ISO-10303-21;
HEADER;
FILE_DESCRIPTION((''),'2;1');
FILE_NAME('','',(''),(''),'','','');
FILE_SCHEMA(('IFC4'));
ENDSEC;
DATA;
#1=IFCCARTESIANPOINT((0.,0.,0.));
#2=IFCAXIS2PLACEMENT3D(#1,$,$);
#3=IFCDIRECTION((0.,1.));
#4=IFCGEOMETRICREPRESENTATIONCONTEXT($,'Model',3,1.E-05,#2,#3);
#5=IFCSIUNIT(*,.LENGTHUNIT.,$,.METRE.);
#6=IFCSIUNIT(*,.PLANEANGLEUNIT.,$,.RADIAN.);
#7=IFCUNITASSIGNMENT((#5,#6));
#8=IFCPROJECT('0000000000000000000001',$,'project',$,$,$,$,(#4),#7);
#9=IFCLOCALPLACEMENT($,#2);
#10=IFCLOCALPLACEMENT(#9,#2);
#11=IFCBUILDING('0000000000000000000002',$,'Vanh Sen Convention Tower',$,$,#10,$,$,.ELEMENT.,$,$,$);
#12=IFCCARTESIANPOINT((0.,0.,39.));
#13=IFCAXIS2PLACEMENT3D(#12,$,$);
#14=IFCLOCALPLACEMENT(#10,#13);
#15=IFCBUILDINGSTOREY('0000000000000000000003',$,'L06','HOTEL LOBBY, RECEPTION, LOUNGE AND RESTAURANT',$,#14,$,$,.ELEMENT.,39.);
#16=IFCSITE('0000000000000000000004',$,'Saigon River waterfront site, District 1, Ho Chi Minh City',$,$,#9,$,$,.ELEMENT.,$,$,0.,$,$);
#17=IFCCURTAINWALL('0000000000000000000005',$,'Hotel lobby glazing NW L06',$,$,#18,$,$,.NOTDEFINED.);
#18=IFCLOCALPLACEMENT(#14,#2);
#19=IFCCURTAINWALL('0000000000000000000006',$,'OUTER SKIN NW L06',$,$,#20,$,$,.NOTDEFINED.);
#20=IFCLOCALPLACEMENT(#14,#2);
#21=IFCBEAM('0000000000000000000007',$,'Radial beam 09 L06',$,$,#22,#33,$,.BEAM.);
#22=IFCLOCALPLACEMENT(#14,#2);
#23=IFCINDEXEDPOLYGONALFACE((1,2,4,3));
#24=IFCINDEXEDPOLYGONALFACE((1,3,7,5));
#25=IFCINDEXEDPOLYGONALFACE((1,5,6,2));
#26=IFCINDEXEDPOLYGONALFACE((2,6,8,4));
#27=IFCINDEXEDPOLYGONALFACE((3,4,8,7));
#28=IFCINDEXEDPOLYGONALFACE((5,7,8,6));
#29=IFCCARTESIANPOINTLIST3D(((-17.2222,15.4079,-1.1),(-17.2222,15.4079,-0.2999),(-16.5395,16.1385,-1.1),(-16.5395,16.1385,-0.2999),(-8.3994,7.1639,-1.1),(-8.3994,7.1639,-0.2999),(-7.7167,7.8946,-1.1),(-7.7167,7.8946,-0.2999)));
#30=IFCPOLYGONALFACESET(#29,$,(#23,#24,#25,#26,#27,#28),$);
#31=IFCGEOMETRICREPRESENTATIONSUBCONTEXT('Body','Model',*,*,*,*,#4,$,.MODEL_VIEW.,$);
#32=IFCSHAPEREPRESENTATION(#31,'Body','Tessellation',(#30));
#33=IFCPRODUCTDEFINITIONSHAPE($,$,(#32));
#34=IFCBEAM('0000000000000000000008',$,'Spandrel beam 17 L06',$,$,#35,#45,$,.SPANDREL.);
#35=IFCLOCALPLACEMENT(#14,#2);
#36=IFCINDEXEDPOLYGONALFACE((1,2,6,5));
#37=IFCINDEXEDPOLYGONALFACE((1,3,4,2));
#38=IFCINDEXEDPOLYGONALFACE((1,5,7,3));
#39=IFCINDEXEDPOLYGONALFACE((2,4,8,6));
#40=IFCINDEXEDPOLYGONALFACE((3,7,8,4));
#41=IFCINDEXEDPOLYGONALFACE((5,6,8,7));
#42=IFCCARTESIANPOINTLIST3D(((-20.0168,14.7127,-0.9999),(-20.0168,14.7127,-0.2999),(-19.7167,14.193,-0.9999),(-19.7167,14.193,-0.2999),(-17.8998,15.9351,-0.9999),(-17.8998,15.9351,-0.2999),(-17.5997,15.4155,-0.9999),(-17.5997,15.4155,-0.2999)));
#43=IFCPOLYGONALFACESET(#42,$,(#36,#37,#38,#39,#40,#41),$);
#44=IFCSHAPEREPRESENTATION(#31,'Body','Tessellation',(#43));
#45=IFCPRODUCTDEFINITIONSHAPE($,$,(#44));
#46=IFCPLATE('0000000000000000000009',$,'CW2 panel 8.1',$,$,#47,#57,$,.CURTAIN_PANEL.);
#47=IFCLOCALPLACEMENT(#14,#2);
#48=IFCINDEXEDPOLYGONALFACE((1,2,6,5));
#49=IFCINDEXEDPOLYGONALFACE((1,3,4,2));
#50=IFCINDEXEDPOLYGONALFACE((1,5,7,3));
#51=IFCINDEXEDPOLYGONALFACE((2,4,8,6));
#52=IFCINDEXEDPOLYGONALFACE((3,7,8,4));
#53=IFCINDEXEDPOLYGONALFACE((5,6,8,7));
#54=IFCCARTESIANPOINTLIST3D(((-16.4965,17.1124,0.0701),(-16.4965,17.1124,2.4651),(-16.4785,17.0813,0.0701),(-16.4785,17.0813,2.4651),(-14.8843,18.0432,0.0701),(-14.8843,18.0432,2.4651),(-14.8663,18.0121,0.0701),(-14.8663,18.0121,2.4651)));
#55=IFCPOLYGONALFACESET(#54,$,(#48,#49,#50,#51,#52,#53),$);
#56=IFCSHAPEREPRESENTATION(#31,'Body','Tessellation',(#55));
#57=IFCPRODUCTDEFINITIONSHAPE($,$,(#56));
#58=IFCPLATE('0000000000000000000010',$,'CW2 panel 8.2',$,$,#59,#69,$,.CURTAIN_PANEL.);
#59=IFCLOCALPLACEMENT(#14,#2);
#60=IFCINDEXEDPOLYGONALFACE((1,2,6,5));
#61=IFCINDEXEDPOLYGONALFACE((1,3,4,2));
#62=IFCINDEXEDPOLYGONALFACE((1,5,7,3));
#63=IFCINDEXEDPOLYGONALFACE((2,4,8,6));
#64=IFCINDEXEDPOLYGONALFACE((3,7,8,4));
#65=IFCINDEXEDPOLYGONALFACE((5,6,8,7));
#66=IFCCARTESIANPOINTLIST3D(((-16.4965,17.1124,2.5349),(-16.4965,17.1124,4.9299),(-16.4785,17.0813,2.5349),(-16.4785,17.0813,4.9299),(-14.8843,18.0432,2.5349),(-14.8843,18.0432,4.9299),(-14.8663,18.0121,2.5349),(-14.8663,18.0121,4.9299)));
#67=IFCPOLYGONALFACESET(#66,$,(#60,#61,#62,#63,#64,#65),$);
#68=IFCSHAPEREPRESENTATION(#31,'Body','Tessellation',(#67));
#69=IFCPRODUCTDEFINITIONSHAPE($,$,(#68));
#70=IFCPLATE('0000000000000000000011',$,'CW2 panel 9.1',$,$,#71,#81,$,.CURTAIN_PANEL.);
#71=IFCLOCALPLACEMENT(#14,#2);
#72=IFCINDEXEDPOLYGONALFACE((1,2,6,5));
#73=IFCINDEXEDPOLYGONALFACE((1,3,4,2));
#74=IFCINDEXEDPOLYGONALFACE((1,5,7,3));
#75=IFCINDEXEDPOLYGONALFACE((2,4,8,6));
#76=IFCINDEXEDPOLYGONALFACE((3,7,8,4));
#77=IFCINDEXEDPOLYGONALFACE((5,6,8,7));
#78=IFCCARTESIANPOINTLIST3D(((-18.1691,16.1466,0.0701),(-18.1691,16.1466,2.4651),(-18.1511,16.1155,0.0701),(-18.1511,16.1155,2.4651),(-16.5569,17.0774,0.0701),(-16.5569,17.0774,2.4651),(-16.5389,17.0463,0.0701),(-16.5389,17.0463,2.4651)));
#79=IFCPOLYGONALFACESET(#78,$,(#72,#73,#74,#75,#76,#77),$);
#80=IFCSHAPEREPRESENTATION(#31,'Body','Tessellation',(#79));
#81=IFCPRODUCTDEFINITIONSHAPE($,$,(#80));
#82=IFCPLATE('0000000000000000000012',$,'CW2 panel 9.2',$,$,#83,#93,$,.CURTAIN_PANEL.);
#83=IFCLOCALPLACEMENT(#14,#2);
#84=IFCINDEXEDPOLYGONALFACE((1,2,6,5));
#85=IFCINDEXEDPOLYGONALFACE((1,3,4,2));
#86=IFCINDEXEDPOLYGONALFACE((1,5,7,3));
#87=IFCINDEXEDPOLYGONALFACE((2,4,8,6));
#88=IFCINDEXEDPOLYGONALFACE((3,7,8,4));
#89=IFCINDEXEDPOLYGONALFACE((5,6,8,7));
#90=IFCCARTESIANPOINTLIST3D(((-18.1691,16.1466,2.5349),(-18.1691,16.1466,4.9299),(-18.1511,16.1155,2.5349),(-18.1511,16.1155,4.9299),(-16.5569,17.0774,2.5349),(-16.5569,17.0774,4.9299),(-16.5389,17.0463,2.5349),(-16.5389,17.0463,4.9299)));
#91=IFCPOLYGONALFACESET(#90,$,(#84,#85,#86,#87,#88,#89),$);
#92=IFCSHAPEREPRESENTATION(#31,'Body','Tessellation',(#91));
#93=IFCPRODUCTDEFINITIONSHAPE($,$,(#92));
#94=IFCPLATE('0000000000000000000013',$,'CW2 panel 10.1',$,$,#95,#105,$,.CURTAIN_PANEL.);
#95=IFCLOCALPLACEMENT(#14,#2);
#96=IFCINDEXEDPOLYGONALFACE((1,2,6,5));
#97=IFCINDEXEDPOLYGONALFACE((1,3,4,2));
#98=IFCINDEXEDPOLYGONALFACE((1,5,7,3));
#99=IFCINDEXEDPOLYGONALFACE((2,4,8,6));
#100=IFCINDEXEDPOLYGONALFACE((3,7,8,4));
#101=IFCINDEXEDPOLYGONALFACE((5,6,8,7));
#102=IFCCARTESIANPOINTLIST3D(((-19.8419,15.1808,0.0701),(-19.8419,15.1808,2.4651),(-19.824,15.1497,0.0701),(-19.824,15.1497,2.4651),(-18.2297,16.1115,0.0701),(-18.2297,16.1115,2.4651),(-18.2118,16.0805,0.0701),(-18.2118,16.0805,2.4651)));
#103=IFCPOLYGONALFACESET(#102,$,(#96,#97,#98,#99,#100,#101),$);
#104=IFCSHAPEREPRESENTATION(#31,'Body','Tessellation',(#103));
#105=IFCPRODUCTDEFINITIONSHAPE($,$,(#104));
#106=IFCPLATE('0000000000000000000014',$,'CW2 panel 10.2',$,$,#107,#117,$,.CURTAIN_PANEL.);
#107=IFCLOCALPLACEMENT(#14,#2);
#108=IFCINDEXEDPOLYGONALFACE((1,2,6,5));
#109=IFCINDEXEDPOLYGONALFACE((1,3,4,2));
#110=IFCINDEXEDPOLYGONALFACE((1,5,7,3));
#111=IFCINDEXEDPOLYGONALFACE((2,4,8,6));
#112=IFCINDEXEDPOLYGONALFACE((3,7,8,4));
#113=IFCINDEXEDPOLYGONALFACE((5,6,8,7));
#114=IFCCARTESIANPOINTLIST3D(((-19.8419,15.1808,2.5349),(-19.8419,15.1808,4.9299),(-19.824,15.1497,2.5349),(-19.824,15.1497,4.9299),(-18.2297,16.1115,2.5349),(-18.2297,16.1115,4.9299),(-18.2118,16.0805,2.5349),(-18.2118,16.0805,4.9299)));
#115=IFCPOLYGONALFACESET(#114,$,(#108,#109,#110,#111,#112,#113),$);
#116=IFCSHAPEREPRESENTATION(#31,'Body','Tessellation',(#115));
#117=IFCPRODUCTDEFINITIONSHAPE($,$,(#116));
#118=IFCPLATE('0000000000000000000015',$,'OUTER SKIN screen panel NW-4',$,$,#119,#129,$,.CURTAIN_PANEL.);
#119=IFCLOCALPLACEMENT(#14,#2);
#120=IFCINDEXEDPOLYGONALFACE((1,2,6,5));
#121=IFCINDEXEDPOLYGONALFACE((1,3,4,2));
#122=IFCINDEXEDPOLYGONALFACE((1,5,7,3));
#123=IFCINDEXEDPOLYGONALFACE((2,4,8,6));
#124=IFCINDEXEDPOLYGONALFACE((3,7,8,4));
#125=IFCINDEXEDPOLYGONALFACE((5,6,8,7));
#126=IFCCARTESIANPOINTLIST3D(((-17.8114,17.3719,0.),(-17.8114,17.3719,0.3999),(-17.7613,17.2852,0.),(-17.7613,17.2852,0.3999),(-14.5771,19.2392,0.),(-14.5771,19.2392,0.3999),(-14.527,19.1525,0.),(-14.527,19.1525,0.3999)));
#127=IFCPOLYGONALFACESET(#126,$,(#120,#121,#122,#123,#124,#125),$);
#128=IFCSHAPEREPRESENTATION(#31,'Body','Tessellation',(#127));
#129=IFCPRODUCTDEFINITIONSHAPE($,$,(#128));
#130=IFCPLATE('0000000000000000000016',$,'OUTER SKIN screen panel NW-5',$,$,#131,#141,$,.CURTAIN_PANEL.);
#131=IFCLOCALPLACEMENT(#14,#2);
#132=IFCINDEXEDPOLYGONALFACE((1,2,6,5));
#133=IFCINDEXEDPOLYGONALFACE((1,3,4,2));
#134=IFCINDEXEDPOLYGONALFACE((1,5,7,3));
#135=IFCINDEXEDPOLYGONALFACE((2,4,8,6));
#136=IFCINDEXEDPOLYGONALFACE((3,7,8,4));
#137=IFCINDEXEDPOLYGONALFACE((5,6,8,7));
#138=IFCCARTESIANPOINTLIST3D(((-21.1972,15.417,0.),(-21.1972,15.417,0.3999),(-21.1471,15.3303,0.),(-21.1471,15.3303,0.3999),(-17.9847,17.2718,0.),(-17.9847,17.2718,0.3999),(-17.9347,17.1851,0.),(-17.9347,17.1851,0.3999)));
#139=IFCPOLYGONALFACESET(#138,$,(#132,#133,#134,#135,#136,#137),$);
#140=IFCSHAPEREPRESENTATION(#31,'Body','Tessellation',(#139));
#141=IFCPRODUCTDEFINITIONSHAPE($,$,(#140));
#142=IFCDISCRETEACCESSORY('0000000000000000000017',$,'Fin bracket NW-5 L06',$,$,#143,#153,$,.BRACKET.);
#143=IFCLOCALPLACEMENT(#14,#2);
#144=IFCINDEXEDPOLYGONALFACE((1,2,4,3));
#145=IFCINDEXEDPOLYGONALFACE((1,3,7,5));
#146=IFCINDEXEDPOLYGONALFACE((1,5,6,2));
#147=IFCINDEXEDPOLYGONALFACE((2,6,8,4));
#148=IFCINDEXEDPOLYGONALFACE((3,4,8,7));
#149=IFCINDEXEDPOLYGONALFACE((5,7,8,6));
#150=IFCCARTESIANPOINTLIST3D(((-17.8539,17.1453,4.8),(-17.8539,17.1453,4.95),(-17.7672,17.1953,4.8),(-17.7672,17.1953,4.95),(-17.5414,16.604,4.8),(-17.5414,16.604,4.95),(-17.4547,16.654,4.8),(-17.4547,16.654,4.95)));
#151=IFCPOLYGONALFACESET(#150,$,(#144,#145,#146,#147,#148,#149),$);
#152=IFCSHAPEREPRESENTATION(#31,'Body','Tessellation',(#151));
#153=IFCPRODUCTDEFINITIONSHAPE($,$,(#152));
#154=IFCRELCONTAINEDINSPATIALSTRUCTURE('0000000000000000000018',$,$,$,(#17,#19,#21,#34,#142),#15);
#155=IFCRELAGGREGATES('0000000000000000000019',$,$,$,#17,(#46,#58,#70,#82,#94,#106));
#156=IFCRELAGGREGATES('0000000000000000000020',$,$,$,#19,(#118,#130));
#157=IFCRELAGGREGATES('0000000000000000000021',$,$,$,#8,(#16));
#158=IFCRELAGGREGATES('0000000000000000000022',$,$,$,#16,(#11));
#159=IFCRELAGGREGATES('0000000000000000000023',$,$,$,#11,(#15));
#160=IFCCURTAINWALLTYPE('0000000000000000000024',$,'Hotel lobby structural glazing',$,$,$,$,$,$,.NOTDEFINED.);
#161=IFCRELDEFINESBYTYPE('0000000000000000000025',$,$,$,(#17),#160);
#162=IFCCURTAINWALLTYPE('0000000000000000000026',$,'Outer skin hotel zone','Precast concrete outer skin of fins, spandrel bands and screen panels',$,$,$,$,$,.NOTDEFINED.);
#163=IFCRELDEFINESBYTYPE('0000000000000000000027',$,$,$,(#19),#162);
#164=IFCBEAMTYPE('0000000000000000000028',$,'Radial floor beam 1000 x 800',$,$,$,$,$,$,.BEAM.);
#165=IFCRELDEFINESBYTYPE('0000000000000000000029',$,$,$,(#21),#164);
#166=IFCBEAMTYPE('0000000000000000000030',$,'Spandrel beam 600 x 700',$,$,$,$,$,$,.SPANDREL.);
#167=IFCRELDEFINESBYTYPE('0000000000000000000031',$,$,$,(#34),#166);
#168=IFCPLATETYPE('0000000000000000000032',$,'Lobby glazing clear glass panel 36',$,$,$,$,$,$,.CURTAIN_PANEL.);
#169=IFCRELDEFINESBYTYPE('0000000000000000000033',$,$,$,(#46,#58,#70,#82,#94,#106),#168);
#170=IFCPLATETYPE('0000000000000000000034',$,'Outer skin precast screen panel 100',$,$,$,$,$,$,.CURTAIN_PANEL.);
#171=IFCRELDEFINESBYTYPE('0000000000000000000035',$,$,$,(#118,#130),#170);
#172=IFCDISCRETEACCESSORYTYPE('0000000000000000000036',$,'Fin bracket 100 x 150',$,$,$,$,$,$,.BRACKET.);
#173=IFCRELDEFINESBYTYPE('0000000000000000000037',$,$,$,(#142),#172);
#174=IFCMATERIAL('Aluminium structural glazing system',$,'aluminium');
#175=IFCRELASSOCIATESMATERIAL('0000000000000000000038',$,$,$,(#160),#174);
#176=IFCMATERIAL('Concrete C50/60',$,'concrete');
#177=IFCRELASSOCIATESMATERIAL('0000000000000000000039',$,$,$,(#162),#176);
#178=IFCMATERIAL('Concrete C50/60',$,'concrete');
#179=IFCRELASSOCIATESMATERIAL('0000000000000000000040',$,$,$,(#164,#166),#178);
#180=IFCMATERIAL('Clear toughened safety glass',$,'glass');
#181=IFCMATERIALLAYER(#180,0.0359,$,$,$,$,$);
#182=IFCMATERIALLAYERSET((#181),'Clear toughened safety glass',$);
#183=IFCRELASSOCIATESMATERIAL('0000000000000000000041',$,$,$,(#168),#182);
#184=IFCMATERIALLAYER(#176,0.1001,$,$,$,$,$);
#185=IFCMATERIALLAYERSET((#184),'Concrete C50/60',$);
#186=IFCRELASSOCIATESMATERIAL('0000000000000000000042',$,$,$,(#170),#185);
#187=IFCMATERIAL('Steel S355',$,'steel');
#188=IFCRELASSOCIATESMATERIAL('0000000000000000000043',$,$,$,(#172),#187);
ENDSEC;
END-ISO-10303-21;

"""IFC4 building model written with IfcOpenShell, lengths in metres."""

from ifc_helpers import new_model, si_unit, direction, frame, origin, origin_2d, place, context, subcontext, project, spatial, rectangle, extrude, material, layer, layer_set, material_profile, profile_set, type_object, element, aggregate, save


model = new_model("IFC4")

# Units and contexts
model_context = context("Model", 3, precision=1e-05, world=origin(), true_north=direction((0.0, 1.0)))
body_context = subcontext(model_context, "Body", "Model", "MODEL_VIEW")
ifc_project = project(units=[si_unit("LENGTHUNIT", "METRE"), si_unit("PLANEANGLEUNIT", "RADIAN")], contexts=[model_context])

# Site, building, storey
site_placement = place(None, origin())
site = spatial("IfcSite", under=ifc_project, at=site_placement, Name="Saigon River waterfront site, District 1, Ho Chi Minh City", CompositionType="ELEMENT", RefElevation=0.0)
building_placement = place(site_placement, origin())
building = spatial("IfcBuilding", under=site, at=building_placement, Name="Vanh Sen Convention Tower", CompositionType="ELEMENT")
storey_placement = place(building_placement, frame((0.0, 0.0, 39.0)))
storey = spatial("IfcBuildingStorey", under=building, at=storey_placement, Name="L06", Description="HOTEL LOBBY, RECEPTION, LOUNGE AND RESTAURANT", CompositionType="ELEMENT", Elevation=39.0)

# Curtain walls
ifc_material_1 = material(Name="Aluminium structural glazing system", Category="aluminium")
curtain_wall_type_1 = type_object("IfcCurtainWallType", Name="Hotel lobby structural glazing", PredefinedType="NOTDEFINED", material=ifc_material_1)
curtain_wall_1_placement = place(storey_placement, origin())
curtain_wall_1 = element("IfcCurtainWall", 1, at=curtain_wall_1_placement, inside=storey, type_object=curtain_wall_type_1, Name="Hotel lobby glazing NW L06", PredefinedType="NOTDEFINED")
ifc_material_2 = material(Name="Concrete C50/60", Category="concrete")
curtain_wall_type_2 = type_object("IfcCurtainWallType", Name="Outer skin hotel zone", Description="Precast concrete outer skin of fins, spandrel bands and screen panels", PredefinedType="NOTDEFINED", material=ifc_material_2)
curtain_wall_2_placement = place(storey_placement, origin())
curtain_wall_2 = element("IfcCurtainWall", 2, at=curtain_wall_2_placement, inside=storey, type_object=curtain_wall_type_2, Name="OUTER SKIN NW L06", PredefinedType="NOTDEFINED")

# Beams
ifc_material_3 = material(Name="Concrete C50/60", Category="concrete")
ifc_material_profile_1 = material_profile(ifc_material_3, rectangle(XDim=1.0, YDim=0.8, at=origin_2d()), Name="RC 1000X800")
ifc_profile_set_1 = profile_set([ifc_material_profile_1], Name="Concrete C50/60")
beam_type_1 = type_object("IfcBeamType", Name="Radial floor beam 1000 x 800", PredefinedType="BEAM", material=ifc_profile_set_1)
beam_1_placement = place(storey_placement, frame((-16.8809, 15.7732, -0.7), z_axis=(0.73067, -0.682731, 0.0), x_axis=(0.682731, 0.73067, 0.0)))
element("IfcBeam", 3, at=beam_1_placement, inside=storey, type_object=beam_type_1, Name="Radial beam 09 L06", PredefinedType="BEAM", context=body_context, shape_type="SweptSolid", body=[
    extrude(rectangle(XDim=1.0, YDim=0.8, at=origin_2d()), origin(), (0.0, 0.0, 1.0), 12.075),
])
ifc_material_profile_2 = material_profile(ifc_material_3, rectangle(XDim=0.6001, YDim=0.7, at=origin_2d()), Name="RC 600X700")
ifc_profile_set_2 = profile_set([ifc_material_profile_2], Name="Concrete C50/60")
beam_type_2 = type_object("IfcBeamType", Name="Spandrel beam 600 x 700", PredefinedType="SPANDREL", material=ifc_profile_set_2)
beam_2_placement = place(storey_placement, frame((-17.7498, 15.6753, -0.6499), z_axis=(-0.865991, -0.50006, 0.0), x_axis=(0.50006, -0.865991, 0.0)))
element("IfcBeam", 4, at=beam_2_placement, inside=storey, type_object=beam_type_2, Name="Spandrel beam 17 L06", PredefinedType="SPANDREL", context=body_context, shape_type="SweptSolid", body=[
    extrude(rectangle(XDim=0.6001, YDim=0.7, at=origin_2d()), origin(), (0.0, 0.0, 1.0), 2.4446),
])

# Plates
ifc_material_4 = material(Name="Clear toughened safety glass", Category="glass")
ifc_layer_1 = layer(ifc_material_4, 0.0359)
ifc_layer_set_1 = layer_set([ifc_layer_1], Name="Clear toughened safety glass")
plate_type_1 = type_object("IfcPlateType", Name="Lobby glazing clear glass panel 36", PredefinedType="CURTAIN_PANEL", material=ifc_layer_set_1)
plate_1_placement = place(storey_placement, frame((-15.6814, 17.5623, 0.0701), z_axis=(0.0, 0.0, 1.0), x_axis=(-0.866025, -0.500001, 0.0)))
plate_1 = element("IfcPlate", 5, at=plate_1_placement, type_object=plate_type_1, Name="CW2 panel 8.1", PredefinedType="CURTAIN_PANEL", context=body_context, shape_type="SweptSolid", body=[
    extrude(rectangle(XDim=1.8616, YDim=0.0359, at=origin_2d()), origin(), (0.0, 0.0, 1.0), 2.395),
])
plate_2_placement = place(storey_placement, frame((-15.6814, 17.5623, 2.5349), z_axis=(0.0, 0.0, 1.0), x_axis=(-0.866025, -0.500001, 0.0)))
plate_2 = element("IfcPlate", 6, at=plate_2_placement, type_object=plate_type_1, Name="CW2 panel 8.2", PredefinedType="CURTAIN_PANEL", context=body_context, shape_type="SweptSolid", body=[
    extrude(rectangle(XDim=1.8616, YDim=0.0359, at=origin_2d()), origin(), (0.0, 0.0, 1.0), 2.395),
])
plate_3_placement = place(storey_placement, frame((-17.354, 16.5964, 0.0701), z_axis=(0.0, 0.0, 1.0), x_axis=(-0.866025, -0.500001, 0.0)))
plate_3 = element("IfcPlate", 7, at=plate_3_placement, type_object=plate_type_1, Name="CW2 panel 9.1", PredefinedType="CURTAIN_PANEL", context=body_context, shape_type="SweptSolid", body=[
    extrude(rectangle(XDim=1.8616, YDim=0.0359, at=origin_2d()), origin(), (0.0, 0.0, 1.0), 2.395),
])
plate_4_placement = place(storey_placement, frame((-17.354, 16.5964, 2.5349), z_axis=(0.0, 0.0, 1.0), x_axis=(-0.866025, -0.500001, 0.0)))
plate_4 = element("IfcPlate", 8, at=plate_4_placement, type_object=plate_type_1, Name="CW2 panel 9.2", PredefinedType="CURTAIN_PANEL", context=body_context, shape_type="SweptSolid", body=[
    extrude(rectangle(XDim=1.8616, YDim=0.0359, at=origin_2d()), origin(), (0.0, 0.0, 1.0), 2.395),
])
plate_5_placement = place(storey_placement, frame((-19.0269, 15.6306, 0.0701), z_axis=(0.0, 0.0, 1.0), x_axis=(-0.866025, -0.500001, 0.0)))
plate_5 = element("IfcPlate", 9, at=plate_5_placement, type_object=plate_type_1, Name="CW2 panel 10.1", PredefinedType="CURTAIN_PANEL", context=body_context, shape_type="SweptSolid", body=[
    extrude(rectangle(XDim=1.8616, YDim=0.0359, at=origin_2d()), origin(), (0.0, 0.0, 1.0), 2.395),
])
plate_6_placement = place(storey_placement, frame((-19.0269, 15.6306, 2.5349), z_axis=(0.0, 0.0, 1.0), x_axis=(-0.866025, -0.500001, 0.0)))
plate_6 = element("IfcPlate", 10, at=plate_6_placement, type_object=plate_type_1, Name="CW2 panel 10.2", PredefinedType="CURTAIN_PANEL", context=body_context, shape_type="SweptSolid", body=[
    extrude(rectangle(XDim=1.8616, YDim=0.0359, at=origin_2d()), origin(), (0.0, 0.0, 1.0), 2.395),
])
aggregate(curtain_wall_1, [plate_1, plate_2, plate_3, plate_4, plate_5, plate_6])
ifc_layer_2 = layer(ifc_material_2, 0.1001)
ifc_layer_set_2 = layer_set([ifc_layer_2], Name="Concrete C50/60")
plate_type_2 = type_object("IfcPlateType", Name="Outer skin precast screen panel 100", PredefinedType="CURTAIN_PANEL", material=ifc_layer_set_2)
plate_7_placement = place(storey_placement, frame((-16.1692, 18.2622, 0.0), z_axis=(0.0, 0.0, 1.0), x_axis=(-0.866028, -0.499995, 0.0)))
plate_7 = element("IfcPlate", 11, at=plate_7_placement, type_object=plate_type_2, Name="OUTER SKIN screen panel NW-4", PredefinedType="CURTAIN_PANEL", context=body_context, shape_type="SweptSolid", body=[
    extrude(rectangle(XDim=3.7346, YDim=0.1001, at=origin_2d()), origin(), (0.0, 0.0, 1.0), 0.3999),
])
plate_8_placement = place(storey_placement, frame((-19.5659, 16.301, 0.0), z_axis=(0.0, 0.0, 1.0), x_axis=(-0.866021, -0.500008, 0.0)))
plate_8 = element("IfcPlate", 12, at=plate_8_placement, type_object=plate_type_2, Name="OUTER SKIN screen panel NW-5", PredefinedType="CURTAIN_PANEL", context=body_context, shape_type="SweptSolid", body=[
    extrude(rectangle(XDim=3.7095, YDim=0.1001, at=origin_2d()), origin(), (0.0, 0.0, 1.0), 0.3999),
])
aggregate(curtain_wall_2, [plate_7, plate_8])

# Discrete accessory
ifc_material_5 = material(Name="Steel S355", Category="steel")
discrete_accessory_type = type_object("IfcDiscreteAccessoryType", Name="Fin bracket 100 x 150", PredefinedType="BRACKET", material=ifc_material_5)
discrete_accessory_placement = place(storey_placement, frame((-17.6543, 16.8997, 4.8), z_axis=(0.0, 0.0, 1.0), x_axis=(-0.5, 0.866025, 0.0)))
element("IfcDiscreteAccessory", 13, at=discrete_accessory_placement, inside=storey, type_object=discrete_accessory_type, Name="Fin bracket NW-5 L06", PredefinedType="BRACKET", context=body_context, shape_type="SweptSolid", body=[
    extrude(rectangle(XDim=0.625, YDim=0.1001, at=origin_2d()), origin(), (0.0, 0.0, 1.0), 0.1499),
])

save(model, "model.ifc")
